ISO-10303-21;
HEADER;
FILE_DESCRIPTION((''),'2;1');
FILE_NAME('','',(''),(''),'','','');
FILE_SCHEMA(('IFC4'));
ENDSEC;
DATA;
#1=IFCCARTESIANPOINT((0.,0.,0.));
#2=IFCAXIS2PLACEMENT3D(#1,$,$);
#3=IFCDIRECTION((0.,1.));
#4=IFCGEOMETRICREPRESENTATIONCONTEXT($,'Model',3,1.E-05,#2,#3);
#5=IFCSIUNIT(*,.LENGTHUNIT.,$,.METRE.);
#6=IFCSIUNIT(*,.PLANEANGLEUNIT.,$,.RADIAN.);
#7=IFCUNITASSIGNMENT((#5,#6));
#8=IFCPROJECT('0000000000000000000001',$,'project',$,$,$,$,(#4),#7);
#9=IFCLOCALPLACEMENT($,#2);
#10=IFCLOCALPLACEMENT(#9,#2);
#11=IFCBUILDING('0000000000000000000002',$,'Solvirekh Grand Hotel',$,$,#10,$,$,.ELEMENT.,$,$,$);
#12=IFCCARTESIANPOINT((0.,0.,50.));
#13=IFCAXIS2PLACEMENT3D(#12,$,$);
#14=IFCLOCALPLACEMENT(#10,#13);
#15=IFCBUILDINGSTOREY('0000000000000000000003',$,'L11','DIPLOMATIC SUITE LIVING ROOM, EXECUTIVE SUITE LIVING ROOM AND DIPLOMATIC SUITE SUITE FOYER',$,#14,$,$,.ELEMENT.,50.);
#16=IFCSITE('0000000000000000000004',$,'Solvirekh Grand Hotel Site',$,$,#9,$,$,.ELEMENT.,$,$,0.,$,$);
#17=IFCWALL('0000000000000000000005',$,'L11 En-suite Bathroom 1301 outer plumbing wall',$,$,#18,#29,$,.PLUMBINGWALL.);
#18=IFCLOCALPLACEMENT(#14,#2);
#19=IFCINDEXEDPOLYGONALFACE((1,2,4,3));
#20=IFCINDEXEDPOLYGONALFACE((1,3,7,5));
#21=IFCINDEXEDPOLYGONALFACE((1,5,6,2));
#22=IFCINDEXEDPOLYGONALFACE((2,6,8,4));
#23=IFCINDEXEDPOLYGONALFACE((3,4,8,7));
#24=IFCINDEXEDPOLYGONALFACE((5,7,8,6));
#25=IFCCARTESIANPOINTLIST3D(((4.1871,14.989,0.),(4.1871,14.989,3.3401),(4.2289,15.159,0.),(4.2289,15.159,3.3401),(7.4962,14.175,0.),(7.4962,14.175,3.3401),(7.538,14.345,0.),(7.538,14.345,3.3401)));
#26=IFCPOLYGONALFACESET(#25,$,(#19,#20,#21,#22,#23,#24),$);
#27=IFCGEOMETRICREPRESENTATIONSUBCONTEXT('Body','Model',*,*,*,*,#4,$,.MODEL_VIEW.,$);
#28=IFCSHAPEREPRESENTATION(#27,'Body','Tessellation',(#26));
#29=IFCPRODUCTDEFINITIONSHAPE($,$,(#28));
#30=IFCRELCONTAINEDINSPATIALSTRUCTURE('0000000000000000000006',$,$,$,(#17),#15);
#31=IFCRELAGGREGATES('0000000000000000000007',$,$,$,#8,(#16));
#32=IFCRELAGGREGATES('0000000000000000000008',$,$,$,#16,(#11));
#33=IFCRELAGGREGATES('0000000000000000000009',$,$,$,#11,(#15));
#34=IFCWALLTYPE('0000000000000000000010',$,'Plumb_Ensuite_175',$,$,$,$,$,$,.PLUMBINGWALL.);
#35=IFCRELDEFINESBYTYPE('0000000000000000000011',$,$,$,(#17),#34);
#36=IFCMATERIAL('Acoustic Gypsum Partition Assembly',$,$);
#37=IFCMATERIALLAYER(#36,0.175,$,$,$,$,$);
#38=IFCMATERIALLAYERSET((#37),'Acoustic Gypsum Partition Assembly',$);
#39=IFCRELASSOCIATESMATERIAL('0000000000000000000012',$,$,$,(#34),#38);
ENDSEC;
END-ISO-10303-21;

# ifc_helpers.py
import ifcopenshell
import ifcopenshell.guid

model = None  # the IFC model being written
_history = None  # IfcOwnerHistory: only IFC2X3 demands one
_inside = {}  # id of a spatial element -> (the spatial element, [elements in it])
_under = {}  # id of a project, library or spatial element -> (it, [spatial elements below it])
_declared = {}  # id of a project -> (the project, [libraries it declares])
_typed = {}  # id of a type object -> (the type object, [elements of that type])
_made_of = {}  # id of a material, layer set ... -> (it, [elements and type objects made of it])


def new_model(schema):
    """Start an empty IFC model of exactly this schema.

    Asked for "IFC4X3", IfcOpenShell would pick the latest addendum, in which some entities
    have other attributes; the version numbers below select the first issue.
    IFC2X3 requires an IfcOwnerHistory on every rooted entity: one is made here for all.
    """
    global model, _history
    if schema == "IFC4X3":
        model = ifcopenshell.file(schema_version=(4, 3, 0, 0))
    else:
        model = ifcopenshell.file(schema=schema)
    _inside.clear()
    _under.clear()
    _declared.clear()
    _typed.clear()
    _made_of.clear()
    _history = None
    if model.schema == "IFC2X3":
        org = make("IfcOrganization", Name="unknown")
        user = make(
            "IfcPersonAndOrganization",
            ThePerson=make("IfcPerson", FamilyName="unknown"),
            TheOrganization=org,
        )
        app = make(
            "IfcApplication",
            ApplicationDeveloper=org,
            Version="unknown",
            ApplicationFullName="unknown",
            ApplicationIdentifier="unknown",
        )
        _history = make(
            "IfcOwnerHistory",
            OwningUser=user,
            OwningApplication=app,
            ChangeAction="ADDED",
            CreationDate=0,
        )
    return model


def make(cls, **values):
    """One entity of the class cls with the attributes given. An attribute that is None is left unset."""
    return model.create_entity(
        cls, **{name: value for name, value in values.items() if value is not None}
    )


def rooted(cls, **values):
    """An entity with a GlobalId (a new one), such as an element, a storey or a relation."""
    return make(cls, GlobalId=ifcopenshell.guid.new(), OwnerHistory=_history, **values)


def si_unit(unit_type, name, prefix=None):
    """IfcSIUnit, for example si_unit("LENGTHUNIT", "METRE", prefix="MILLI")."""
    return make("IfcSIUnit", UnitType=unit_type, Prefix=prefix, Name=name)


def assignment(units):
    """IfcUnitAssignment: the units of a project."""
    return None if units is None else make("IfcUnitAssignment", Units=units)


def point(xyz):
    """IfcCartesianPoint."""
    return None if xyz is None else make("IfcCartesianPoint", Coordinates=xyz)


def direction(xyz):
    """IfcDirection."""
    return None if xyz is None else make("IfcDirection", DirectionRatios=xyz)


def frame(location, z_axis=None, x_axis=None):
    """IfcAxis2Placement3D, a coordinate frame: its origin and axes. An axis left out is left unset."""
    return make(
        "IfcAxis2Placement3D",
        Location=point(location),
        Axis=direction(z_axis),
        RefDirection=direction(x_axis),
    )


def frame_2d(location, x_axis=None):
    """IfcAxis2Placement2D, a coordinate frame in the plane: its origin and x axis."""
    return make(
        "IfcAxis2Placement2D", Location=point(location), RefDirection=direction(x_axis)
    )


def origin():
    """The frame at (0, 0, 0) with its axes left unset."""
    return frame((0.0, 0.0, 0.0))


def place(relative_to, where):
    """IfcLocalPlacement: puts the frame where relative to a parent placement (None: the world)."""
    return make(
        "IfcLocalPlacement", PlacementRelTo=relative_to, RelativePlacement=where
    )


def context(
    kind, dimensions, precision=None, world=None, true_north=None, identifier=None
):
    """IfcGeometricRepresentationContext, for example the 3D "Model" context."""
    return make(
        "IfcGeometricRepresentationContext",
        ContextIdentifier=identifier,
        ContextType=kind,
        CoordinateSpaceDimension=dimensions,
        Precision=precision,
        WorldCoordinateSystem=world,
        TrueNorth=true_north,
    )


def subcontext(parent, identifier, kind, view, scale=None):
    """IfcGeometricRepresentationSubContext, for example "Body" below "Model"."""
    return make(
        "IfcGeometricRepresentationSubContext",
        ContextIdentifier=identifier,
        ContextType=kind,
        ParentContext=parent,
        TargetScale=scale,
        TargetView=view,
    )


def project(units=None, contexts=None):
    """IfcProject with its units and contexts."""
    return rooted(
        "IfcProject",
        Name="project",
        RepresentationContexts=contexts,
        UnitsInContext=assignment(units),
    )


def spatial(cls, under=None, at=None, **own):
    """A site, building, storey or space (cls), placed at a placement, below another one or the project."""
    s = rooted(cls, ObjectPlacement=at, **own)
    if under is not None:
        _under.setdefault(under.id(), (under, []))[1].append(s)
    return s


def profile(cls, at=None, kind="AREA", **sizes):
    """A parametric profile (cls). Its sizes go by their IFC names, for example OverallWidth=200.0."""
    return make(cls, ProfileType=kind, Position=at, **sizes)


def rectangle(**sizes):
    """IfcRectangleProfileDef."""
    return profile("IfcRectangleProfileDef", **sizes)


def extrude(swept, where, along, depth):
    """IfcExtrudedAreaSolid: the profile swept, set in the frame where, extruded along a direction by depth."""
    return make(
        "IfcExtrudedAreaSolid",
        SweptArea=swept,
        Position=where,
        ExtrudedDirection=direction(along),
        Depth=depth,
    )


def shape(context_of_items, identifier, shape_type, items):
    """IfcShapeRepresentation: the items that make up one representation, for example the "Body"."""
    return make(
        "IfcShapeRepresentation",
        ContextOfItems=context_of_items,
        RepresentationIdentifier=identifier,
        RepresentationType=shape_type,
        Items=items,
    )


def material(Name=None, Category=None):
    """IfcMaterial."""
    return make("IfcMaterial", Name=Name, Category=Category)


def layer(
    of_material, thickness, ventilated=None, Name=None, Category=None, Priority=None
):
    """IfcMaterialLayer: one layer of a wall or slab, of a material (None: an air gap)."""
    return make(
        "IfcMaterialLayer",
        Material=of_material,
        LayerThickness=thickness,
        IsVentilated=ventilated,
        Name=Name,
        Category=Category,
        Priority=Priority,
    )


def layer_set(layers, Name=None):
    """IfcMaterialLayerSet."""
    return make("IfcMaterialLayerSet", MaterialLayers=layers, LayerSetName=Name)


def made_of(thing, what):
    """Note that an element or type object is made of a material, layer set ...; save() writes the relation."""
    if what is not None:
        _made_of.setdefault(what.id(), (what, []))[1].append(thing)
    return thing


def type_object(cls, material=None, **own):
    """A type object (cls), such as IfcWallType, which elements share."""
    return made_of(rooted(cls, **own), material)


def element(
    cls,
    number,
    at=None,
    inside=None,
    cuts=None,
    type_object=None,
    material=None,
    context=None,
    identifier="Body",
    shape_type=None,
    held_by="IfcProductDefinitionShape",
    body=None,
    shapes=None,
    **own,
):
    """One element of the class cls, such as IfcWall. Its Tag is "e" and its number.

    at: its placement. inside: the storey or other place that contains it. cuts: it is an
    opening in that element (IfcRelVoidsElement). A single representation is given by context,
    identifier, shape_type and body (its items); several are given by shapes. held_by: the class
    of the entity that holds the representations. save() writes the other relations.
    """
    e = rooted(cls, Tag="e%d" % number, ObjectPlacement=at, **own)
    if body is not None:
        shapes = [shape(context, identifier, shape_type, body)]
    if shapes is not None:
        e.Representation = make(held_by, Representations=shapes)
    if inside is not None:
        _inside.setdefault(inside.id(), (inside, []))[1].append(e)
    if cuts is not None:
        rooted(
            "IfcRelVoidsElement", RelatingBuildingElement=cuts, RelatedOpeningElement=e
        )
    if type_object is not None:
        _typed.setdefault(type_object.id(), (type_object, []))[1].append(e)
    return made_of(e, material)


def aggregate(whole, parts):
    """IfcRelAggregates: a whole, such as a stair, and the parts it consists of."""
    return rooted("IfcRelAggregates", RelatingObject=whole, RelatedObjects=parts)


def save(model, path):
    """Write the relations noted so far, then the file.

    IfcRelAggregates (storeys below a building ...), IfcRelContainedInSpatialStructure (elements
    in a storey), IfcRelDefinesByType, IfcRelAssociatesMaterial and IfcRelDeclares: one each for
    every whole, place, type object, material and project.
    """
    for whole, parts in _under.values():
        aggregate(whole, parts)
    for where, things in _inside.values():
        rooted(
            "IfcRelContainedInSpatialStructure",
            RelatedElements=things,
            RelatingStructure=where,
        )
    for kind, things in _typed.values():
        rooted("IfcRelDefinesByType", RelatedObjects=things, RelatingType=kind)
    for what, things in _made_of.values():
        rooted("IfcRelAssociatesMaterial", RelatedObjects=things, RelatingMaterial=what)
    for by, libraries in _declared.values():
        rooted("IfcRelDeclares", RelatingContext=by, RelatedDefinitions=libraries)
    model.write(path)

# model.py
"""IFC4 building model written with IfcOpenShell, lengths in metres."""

from ifc_helpers import new_model, si_unit, direction, frame, frame_2d, origin, place, context, subcontext, project, spatial, rectangle, extrude, material, layer, layer_set, type_object, element, save


model = new_model("IFC4")

# Units and contexts
model_context = context("Model", 3, precision=1e-05, world=origin(), true_north=direction((0.0, 1.0)))
body_context = subcontext(model_context, "Body", "Model", "MODEL_VIEW")
ifc_project = project(units=[si_unit("LENGTHUNIT", "METRE"), si_unit("PLANEANGLEUNIT", "RADIAN")], contexts=[model_context])

# Site, building, storey
site_placement = place(None, origin())
site = spatial("IfcSite", under=ifc_project, at=site_placement, Name="Solvirekh Grand Hotel Site", CompositionType="ELEMENT", RefElevation=0.0)
building_placement = place(site_placement, origin())
building = spatial("IfcBuilding", under=site, at=building_placement, Name="Solvirekh Grand Hotel", CompositionType="ELEMENT")
storey_placement = place(building_placement, frame((0.0, 0.0, 50.0)))
storey = spatial("IfcBuildingStorey", under=building, at=storey_placement, Name="L11", Description="DIPLOMATIC SUITE LIVING ROOM, EXECUTIVE SUITE LIVING ROOM AND DIPLOMATIC SUITE SUITE FOYER", CompositionType="ELEMENT", Elevation=50.0)

# Shared definitions
ifc_material_1 = material(Name="Acoustic Gypsum Partition Assembly")

# Wall
ifc_layer_1 = layer(ifc_material_1, 0.175)
ifc_layer_set_1 = layer_set([ifc_layer_1], Name="Acoustic Gypsum Partition Assembly")
wall_type_1 = type_object("IfcWallType", Name="Plumb_Ensuite_175", PredefinedType="PLUMBINGWALL", material=ifc_layer_set_1)
wall_1_placement = place(storey_placement, frame((7.5171, 14.26, 0.0), z_axis=(0.0, 0.0, 1.0), x_axis=(-0.971054, 0.238859, 0.0)))
element("IfcWall", 1, at=wall_1_placement, inside=storey, type_object=wall_type_1, Name="L11 En-suite Bathroom 1301 outer plumbing wall", PredefinedType="PLUMBINGWALL", context=body_context, shape_type="SweptSolid", body=[
    extrude(rectangle(XDim=3.4077, YDim=0.175, at=frame_2d((1.7039, 0.0))), origin(), (0.0, 0.0, 1.0), 3.3401),
])

save(model, "model.ifc")
